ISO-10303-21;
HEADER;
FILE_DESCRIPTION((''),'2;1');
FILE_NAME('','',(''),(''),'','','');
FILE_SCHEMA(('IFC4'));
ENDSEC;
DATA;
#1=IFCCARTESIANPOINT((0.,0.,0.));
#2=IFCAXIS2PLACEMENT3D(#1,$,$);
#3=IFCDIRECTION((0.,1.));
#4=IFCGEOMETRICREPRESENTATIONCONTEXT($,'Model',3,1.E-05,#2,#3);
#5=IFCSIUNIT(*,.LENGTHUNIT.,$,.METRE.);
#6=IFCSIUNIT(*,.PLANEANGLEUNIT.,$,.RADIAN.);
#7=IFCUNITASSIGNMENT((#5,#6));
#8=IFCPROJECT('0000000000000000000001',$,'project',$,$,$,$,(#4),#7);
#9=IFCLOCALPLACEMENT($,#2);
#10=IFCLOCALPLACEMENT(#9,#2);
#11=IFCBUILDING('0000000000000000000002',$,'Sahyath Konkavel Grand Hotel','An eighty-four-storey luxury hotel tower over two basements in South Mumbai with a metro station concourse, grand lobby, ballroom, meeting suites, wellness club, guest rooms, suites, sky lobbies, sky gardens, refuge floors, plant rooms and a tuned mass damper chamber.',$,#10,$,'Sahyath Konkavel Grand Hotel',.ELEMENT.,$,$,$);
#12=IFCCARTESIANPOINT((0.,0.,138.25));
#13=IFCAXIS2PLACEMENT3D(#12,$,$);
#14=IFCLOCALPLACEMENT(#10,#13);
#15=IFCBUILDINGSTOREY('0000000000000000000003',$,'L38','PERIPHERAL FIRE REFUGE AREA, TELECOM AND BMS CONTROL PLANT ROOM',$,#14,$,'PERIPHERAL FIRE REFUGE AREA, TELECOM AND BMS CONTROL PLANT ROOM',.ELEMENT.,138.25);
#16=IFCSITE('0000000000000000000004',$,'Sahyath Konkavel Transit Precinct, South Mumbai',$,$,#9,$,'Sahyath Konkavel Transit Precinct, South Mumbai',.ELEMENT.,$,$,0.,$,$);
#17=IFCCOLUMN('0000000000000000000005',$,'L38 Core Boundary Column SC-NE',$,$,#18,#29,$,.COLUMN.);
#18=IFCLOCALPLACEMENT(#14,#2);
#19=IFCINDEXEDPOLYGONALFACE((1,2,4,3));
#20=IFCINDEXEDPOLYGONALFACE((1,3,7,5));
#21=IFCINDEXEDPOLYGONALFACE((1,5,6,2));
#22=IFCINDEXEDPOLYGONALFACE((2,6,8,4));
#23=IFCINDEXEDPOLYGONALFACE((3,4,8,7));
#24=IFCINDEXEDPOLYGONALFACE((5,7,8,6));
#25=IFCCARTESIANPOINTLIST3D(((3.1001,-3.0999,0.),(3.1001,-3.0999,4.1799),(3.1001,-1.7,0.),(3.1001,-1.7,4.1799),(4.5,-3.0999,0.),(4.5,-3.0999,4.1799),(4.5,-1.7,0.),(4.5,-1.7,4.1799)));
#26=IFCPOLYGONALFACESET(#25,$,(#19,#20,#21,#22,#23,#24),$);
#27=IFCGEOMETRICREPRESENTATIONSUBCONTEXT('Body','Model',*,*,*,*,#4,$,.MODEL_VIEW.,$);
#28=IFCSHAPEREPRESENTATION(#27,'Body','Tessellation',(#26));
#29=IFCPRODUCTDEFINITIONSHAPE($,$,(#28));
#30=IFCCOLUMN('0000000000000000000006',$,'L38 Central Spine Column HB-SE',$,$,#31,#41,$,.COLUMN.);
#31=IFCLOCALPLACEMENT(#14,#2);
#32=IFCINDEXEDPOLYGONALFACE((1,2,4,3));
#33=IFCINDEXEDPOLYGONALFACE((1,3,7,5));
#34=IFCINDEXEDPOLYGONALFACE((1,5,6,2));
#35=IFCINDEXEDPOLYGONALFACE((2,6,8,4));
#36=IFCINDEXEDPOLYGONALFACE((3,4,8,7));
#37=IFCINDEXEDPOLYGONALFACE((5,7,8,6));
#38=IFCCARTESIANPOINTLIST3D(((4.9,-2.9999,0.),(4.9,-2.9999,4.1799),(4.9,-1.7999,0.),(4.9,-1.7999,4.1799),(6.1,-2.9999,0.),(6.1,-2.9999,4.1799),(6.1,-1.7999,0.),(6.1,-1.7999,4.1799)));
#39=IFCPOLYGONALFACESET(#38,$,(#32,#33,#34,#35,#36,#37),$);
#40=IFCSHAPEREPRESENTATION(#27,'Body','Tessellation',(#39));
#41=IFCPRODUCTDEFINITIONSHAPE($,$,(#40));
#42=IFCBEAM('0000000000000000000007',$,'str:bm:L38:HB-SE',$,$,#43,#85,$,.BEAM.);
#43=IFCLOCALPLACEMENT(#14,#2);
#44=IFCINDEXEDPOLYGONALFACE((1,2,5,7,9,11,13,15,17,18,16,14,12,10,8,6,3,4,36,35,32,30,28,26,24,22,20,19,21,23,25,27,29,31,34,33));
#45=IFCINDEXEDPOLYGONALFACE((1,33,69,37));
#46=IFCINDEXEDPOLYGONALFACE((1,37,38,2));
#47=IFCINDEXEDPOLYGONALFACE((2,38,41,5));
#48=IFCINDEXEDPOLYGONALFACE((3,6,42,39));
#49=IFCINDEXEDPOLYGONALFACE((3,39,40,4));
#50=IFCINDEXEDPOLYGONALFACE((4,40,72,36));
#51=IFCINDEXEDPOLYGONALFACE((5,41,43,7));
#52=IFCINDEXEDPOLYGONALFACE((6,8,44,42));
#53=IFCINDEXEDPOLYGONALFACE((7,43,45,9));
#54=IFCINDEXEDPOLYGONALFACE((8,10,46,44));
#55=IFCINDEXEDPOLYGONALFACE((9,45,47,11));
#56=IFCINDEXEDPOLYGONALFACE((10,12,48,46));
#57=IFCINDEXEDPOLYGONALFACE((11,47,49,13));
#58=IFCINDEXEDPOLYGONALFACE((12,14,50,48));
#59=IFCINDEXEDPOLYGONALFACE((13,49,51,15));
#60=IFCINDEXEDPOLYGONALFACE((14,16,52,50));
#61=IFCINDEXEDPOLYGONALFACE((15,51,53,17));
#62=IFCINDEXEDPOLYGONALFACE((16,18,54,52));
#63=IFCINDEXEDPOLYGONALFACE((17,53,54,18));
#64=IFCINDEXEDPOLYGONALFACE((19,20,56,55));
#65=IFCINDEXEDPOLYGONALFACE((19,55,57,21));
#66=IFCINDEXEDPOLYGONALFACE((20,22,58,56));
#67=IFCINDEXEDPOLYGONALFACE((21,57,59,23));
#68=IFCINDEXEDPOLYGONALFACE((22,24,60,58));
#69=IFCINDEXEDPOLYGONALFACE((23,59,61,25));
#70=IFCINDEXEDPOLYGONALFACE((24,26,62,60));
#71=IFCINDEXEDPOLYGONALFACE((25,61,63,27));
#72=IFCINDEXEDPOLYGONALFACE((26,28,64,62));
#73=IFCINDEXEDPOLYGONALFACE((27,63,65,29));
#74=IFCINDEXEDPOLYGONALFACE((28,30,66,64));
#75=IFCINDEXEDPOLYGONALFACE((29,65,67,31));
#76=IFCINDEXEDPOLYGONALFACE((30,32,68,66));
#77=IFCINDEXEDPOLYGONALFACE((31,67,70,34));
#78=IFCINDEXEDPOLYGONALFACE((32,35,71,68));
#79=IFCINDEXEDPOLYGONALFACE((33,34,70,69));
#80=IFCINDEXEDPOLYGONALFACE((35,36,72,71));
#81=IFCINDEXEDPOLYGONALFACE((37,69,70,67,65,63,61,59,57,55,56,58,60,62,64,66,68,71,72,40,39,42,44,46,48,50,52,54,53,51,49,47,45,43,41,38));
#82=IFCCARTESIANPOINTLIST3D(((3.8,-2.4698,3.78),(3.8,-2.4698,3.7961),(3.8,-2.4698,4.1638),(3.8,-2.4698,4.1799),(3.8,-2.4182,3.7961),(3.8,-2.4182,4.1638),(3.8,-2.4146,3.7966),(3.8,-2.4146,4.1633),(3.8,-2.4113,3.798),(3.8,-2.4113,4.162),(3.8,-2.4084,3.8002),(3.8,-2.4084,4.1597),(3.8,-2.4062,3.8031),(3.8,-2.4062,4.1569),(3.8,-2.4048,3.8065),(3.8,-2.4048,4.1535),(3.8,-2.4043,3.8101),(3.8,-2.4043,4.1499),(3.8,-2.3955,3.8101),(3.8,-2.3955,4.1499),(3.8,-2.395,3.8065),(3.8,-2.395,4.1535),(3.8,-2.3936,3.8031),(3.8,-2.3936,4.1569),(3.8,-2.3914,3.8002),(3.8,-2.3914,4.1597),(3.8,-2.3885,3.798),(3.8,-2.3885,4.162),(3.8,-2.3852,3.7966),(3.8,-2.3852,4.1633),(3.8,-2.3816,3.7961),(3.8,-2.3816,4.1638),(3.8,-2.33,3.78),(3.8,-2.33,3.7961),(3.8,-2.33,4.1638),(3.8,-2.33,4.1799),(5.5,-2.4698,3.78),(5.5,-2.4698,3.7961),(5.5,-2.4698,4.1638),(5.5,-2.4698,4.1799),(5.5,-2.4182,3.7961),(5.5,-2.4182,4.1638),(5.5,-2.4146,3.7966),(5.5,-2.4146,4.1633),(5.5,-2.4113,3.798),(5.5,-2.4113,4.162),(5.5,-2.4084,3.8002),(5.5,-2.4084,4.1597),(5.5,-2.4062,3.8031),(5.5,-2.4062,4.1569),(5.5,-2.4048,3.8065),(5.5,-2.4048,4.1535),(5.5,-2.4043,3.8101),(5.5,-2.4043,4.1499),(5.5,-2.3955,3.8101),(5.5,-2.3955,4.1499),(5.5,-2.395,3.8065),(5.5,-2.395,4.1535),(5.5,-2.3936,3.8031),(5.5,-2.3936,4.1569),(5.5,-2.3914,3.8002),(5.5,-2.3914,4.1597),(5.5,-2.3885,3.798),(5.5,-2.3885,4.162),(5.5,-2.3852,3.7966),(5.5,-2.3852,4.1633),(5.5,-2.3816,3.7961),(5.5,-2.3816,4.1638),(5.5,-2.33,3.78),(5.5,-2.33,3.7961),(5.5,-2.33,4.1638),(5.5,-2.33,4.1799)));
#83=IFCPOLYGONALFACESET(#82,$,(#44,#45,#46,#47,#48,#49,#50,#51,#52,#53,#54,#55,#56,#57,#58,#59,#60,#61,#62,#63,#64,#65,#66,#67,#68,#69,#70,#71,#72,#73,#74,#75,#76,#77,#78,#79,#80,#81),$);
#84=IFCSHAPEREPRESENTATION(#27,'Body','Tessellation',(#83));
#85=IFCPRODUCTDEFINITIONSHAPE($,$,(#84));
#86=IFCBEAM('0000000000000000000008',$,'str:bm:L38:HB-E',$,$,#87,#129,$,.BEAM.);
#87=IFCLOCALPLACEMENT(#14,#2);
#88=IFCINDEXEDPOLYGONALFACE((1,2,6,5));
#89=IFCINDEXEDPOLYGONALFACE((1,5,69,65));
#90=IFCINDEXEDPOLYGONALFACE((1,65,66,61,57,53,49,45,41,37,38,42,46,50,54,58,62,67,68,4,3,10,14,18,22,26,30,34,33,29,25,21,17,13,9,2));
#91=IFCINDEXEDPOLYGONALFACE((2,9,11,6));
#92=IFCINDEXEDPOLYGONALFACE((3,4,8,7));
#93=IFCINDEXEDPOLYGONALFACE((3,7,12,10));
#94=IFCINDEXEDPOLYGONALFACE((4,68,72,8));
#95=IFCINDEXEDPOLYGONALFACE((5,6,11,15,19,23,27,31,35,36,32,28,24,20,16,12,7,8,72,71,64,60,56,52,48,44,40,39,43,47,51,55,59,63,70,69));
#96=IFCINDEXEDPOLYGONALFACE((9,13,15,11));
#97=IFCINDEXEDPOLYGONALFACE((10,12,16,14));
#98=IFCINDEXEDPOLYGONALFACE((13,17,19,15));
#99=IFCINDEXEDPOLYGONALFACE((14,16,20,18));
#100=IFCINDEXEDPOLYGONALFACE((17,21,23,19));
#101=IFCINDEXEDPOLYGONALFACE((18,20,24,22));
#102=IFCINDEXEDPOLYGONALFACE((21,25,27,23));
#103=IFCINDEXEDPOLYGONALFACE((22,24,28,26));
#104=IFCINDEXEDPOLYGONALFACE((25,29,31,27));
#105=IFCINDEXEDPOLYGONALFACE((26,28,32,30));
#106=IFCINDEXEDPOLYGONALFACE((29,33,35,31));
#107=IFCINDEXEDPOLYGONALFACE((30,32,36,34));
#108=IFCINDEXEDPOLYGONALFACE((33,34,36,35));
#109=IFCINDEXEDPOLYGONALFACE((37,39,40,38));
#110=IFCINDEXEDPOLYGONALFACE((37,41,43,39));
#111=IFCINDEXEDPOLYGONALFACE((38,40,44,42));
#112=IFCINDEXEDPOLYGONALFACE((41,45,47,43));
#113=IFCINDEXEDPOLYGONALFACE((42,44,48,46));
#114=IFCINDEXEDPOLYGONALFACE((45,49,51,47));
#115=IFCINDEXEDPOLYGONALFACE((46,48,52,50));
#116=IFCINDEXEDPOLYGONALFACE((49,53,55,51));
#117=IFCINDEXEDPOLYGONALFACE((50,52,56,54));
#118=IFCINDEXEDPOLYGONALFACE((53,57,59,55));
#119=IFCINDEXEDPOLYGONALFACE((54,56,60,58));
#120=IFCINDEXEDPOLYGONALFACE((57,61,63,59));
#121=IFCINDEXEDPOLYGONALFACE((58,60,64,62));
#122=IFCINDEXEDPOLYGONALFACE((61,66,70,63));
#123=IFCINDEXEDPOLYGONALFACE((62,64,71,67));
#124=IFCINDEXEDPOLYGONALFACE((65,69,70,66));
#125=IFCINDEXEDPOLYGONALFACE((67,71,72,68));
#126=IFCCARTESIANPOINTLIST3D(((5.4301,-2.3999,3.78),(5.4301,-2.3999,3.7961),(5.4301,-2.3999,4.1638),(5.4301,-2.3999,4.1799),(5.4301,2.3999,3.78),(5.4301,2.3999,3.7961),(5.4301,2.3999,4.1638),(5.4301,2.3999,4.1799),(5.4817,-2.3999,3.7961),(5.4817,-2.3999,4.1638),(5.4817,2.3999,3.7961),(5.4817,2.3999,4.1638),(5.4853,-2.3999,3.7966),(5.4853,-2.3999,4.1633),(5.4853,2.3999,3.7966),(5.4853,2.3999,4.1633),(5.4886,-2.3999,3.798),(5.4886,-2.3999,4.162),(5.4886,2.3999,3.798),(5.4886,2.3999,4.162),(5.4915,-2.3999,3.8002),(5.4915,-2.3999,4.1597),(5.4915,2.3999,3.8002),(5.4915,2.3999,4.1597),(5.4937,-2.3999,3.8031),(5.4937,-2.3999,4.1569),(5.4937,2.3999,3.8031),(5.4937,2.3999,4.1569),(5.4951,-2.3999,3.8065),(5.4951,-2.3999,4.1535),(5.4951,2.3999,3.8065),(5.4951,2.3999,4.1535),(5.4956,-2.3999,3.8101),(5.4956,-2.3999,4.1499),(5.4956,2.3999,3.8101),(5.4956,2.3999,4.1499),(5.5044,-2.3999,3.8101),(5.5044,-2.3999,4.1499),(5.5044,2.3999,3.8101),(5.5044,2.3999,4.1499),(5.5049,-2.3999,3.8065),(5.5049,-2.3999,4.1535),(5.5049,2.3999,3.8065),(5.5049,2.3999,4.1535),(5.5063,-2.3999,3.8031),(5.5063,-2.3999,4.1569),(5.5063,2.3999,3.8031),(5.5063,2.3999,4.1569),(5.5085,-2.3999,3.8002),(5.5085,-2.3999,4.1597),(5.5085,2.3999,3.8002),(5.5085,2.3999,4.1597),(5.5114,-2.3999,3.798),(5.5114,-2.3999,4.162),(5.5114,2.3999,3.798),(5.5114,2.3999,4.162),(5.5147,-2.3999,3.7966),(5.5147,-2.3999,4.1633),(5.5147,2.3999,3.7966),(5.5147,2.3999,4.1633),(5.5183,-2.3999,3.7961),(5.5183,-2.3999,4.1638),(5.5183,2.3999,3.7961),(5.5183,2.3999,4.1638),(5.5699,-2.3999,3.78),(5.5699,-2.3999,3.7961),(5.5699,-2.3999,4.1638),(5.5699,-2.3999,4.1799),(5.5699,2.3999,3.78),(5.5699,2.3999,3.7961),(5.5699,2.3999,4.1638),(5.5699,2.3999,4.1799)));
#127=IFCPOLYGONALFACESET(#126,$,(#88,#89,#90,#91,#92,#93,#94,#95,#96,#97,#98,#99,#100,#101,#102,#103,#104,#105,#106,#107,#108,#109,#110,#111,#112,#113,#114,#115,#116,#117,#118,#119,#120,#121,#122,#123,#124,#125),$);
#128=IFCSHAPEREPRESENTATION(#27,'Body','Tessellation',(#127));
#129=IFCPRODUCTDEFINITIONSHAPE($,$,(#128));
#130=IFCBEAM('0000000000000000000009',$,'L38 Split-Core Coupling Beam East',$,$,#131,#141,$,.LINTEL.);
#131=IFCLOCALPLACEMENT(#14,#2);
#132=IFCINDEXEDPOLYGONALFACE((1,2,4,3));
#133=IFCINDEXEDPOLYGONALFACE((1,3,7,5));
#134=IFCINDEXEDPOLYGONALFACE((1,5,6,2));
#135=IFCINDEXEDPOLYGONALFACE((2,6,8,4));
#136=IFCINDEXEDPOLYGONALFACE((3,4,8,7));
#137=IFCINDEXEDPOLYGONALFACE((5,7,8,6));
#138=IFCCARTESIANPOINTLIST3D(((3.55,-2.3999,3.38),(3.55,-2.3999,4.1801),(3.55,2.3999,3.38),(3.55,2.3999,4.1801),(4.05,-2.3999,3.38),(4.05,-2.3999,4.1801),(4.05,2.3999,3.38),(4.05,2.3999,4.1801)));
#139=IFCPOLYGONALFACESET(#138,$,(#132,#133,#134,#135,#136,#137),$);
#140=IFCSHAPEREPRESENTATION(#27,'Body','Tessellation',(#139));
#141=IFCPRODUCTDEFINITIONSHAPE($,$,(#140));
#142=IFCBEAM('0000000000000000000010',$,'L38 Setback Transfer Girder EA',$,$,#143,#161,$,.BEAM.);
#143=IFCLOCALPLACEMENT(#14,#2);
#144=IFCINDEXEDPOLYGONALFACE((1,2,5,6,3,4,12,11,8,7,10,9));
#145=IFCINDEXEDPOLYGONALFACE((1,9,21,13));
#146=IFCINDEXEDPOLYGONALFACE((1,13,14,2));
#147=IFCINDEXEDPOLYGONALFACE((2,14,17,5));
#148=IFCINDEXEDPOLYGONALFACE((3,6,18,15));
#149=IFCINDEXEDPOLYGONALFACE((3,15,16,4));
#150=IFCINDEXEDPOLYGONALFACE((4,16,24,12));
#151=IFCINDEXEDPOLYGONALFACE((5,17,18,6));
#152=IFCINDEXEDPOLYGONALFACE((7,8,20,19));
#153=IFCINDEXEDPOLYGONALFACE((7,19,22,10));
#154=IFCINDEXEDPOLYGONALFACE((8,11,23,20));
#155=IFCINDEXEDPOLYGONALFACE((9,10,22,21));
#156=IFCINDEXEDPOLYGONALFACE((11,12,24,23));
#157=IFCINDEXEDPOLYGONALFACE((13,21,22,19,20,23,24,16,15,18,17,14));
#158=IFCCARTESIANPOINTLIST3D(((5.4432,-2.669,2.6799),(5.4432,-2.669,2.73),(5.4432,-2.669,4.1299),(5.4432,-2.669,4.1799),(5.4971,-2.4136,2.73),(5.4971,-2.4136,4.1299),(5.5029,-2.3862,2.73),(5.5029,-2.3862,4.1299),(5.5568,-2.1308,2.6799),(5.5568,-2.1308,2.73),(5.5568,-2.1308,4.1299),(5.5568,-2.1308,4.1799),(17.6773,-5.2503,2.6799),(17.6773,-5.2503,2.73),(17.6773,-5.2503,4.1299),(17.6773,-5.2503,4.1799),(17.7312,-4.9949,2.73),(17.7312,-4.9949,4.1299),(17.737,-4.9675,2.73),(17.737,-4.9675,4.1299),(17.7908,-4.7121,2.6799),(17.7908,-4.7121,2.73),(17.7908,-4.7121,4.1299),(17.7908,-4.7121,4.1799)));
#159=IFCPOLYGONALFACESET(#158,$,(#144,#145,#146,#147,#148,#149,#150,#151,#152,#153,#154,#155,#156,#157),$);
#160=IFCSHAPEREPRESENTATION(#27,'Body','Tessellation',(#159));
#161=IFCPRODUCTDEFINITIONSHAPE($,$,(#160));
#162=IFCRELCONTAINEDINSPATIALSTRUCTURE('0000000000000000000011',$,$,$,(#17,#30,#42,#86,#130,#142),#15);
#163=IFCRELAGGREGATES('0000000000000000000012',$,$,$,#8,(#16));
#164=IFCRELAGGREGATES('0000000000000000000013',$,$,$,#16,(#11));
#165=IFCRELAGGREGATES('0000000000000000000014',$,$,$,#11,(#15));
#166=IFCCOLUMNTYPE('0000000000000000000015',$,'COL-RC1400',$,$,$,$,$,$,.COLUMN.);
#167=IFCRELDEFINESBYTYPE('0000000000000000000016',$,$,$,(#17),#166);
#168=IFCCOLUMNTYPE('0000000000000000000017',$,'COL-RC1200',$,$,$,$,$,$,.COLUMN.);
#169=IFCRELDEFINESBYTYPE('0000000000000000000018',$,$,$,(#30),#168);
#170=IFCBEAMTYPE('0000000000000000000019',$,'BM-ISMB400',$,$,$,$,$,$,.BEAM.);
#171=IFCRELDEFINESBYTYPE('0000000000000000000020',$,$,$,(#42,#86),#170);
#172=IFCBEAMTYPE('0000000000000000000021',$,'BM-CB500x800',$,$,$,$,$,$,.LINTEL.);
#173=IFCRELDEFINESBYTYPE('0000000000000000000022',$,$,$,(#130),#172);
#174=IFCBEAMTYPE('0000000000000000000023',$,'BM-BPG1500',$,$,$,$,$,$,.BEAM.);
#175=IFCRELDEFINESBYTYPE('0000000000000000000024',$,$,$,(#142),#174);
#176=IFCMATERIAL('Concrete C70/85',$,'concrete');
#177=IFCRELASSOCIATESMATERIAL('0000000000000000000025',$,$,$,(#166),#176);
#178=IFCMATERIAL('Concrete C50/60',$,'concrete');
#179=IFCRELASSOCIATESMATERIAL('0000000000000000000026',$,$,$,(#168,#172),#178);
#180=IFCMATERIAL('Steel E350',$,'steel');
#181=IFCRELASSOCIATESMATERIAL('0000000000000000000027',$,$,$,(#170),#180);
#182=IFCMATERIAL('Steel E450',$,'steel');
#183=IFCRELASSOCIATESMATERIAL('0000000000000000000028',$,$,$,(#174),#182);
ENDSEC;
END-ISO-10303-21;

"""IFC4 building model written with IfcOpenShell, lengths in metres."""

from ifc_helpers import new_model, si_unit, direction, frame, origin, origin_2d, place, context, subcontext, project, spatial, rectangle, i_section, extrude, source, transform, mapped, material, material_profile, profile_set, type_object, element, save


model = new_model("IFC4")

# Units and contexts
model_context = context("Model", 3, precision=1e-05, world=origin(), true_north=direction((0.0, 1.0)))
body_context = subcontext(model_context, "Body", "Model", "MODEL_VIEW")
ifc_project = project(units=[si_unit("LENGTHUNIT", "METRE"), si_unit("PLANEANGLEUNIT", "RADIAN")], contexts=[model_context])

# Site, building, storey
site_placement = place(None, origin())
site = spatial("IfcSite", under=ifc_project, at=site_placement, Name="Sahyath Konkavel Transit Precinct, South Mumbai", LongName="Sahyath Konkavel Transit Precinct, South Mumbai", CompositionType="ELEMENT", RefElevation=0.0)
building_placement = place(site_placement, origin())
building = spatial("IfcBuilding", under=site, at=building_placement, Name="Sahyath Konkavel Grand Hotel", Description="An eighty-four-storey luxury hotel tower over two basements in South Mumbai with a metro station concourse, grand lobby, ballroom, meeting suites, wellness club, guest rooms, suites, sky lobbies, sky gardens, refuge floors, plant rooms and a tuned mass damper chamber.", LongName="Sahyath Konkavel Grand Hotel", CompositionType="ELEMENT")
storey_placement = place(building_placement, frame((0.0, 0.0, 138.25)))
storey = spatial("IfcBuildingStorey", under=building, at=storey_placement, Name="L38", Description="PERIPHERAL FIRE REFUGE AREA, TELECOM AND BMS CONTROL PLANT ROOM", LongName="PERIPHERAL FIRE REFUGE AREA, TELECOM AND BMS CONTROL PLANT ROOM", CompositionType="ELEMENT", Elevation=138.25)

# Columns
ifc_material_1 = material(Name="Concrete C70/85", Category="concrete")
ifc_material_profile_1 = material_profile(ifc_material_1, rectangle(XDim=1.3999, YDim=1.3999, at=origin_2d()), Name="RC 1400x1400")
ifc_profile_set_1 = profile_set([ifc_material_profile_1], Name="Concrete C70/85")
column_type_1 = type_object("IfcColumnType", Name="COL-RC1400", PredefinedType="COLUMN", material=ifc_profile_set_1)
shared_shape_1 = source(origin(), body_context, "Body", "SweptSolid", [
    extrude(rectangle(XDim=1.3999, YDim=1.3999, at=origin_2d()), origin(), (0.0, 0.0, 1.0), 4.1799),
])
column_1_placement = place(storey_placement, frame((3.8, -2.3999, 0.0), z_axis=(0.0, 0.0, 1.0), x_axis=(1.0, 0.0, 0.0)))
element("IfcColumn", 1, at=column_1_placement, inside=storey, type_object=column_type_1, Name="L38 Core Boundary Column SC-NE", PredefinedType="COLUMN", context=body_context, shape_type="MappedRepresentation", body=[
    mapped(shared_shape_1, transform((0.0, 0.0, 0.0), scale=1.0)),
])
ifc_material_2 = material(Name="Concrete C50/60", Category="concrete")
ifc_material_profile_2 = material_profile(ifc_material_2, rectangle(XDim=1.2, YDim=1.2, at=origin_2d()), Name="RC 1200x1200")
ifc_profile_set_2 = profile_set([ifc_material_profile_2], Name="Concrete C50/60")
column_type_2 = type_object("IfcColumnType", Name="COL-RC1200", PredefinedType="COLUMN", material=ifc_profile_set_2)
shared_shape_2 = source(origin(), body_context, "Body", "SweptSolid", [
    extrude(rectangle(XDim=1.2, YDim=1.2, at=origin_2d()), origin(), (0.0, 0.0, 1.0), 4.1799),
])
column_2_placement = place(storey_placement, frame((5.5, -2.3999, 0.0), z_axis=(0.0, 0.0, 1.0), x_axis=(1.0, 0.0, 0.0)))
element("IfcColumn", 2, at=column_2_placement, inside=storey, type_object=column_type_2, Name="L38 Central Spine Column HB-SE", PredefinedType="COLUMN", context=body_context, shape_type="MappedRepresentation", body=[
    mapped(shared_shape_2, transform((0.0, 0.0, 0.0), scale=1.0)),
])

# Beams
ifc_material_3 = material(Name="Steel E350", Category="steel")
ifc_material_profile_3 = material_profile(ifc_material_3, i_section(OverallWidth=0.1399, OverallDepth=0.3999, WebThickness=0.0088, FlangeThickness=0.0161, FilletRadius=0.0139, at=origin_2d()), Name="ISMB 400")
ifc_profile_set_3 = profile_set([ifc_material_profile_3], Name="Steel E350")
beam_type_1 = type_object("IfcBeamType", Name="BM-ISMB400", PredefinedType="BEAM", material=ifc_profile_set_3)
shared_shape_3 = source(origin(), body_context, "Body", "SweptSolid", [
    extrude(i_section(OverallWidth=0.1399, OverallDepth=0.3999, WebThickness=0.0088, FlangeThickness=0.0161, FilletRadius=0.0139, at=origin_2d()), origin(), (0.0, 0.0, 1.0), 1.7),
])
beam_1_placement = place(storey_placement, frame((3.8, -2.3999, 3.98), z_axis=(1.0, 0.0, 0.0), x_axis=(0.0, 1.0, 0.0)))
element("IfcBeam", 3, at=beam_1_placement, inside=storey, type_object=beam_type_1, Name="str:bm:L38:HB-SE", PredefinedType="BEAM", context=body_context, shape_type="MappedRepresentation", body=[
    mapped(shared_shape_3, transform((0.0, 0.0, 0.0), scale=1.0)),
])
shared_shape_4 = source(origin(), body_context, "Body", "SweptSolid", [
    extrude(i_section(OverallWidth=0.1399, OverallDepth=0.3999, WebThickness=0.0088, FlangeThickness=0.0161, FilletRadius=0.0139, at=origin_2d()), origin(), (0.0, 0.0, 1.0), 4.7998),
])
beam_2_placement = place(storey_placement, frame((5.5, -2.3999, 3.98), z_axis=(0.0, 1.0, 0.0), x_axis=(-1.0, 0.0, 0.0)))
element("IfcBeam", 4, at=beam_2_placement, inside=storey, type_object=beam_type_1, Name="str:bm:L38:HB-E", PredefinedType="BEAM", context=body_context, shape_type="MappedRepresentation", body=[
    mapped(shared_shape_4, transform((0.0, 0.0, 0.0), scale=1.0)),
])
ifc_material_profile_4 = material_profile(ifc_material_2, rectangle(XDim=0.5, YDim=0.8, at=origin_2d()), Name="RC 500x800")
ifc_profile_set_4 = profile_set([ifc_material_profile_4], Name="Concrete C50/60")
beam_type_2 = type_object("IfcBeamType", Name="BM-CB500x800", PredefinedType="LINTEL", material=ifc_profile_set_4)
shared_shape_5 = source(origin(), body_context, "Body", "SweptSolid", [
    extrude(rectangle(XDim=0.5, YDim=0.8, at=origin_2d()), origin(), (0.0, 0.0, 1.0), 4.7998),
])
beam_3_placement = place(storey_placement, frame((3.8, -2.3999, 3.78), z_axis=(0.0, 1.0, 0.0), x_axis=(-1.0, 0.0, 0.0)))
element("IfcBeam", 5, at=beam_3_placement, inside=storey, type_object=beam_type_2, Name="L38 Split-Core Coupling Beam East", PredefinedType="LINTEL", context=body_context, shape_type="MappedRepresentation", body=[
    mapped(shared_shape_5, transform((0.0, 0.0, 0.0), scale=1.0)),
])
ifc_material_4 = material(Name="Steel E450", Category="steel")
ifc_material_profile_5 = material_profile(ifc_material_4, i_section(OverallWidth=0.55, OverallDepth=1.5, WebThickness=0.0281, FlangeThickness=0.05, at=origin_2d()), Name="BPG 1500x550")
ifc_profile_set_5 = profile_set([ifc_material_profile_5], Name="Steel E450")
beam_type_3 = type_object("IfcBeamType", Name="BM-BPG1500", PredefinedType="BEAM", material=ifc_profile_set_5)
shared_shape_6 = source(origin(), body_context, "Body", "SweptSolid", [
    extrude(i_section(OverallWidth=0.55, OverallDepth=1.5, WebThickness=0.0281, FlangeThickness=0.05, at=origin_2d()), origin(), (0.0, 0.0, 1.0), 12.5034),
])
beam_4_placement = place(storey_placement, frame((5.5, -2.3999, 3.4299), z_axis=(0.978458, -0.206446, 0.0), x_axis=(0.206446, 0.978458, 0.0)))
element("IfcBeam", 6, at=beam_4_placement, inside=storey, type_object=beam_type_3, Name="L38 Setback Transfer Girder EA", PredefinedType="BEAM", context=body_context, shape_type="MappedRepresentation", body=[
    mapped(shared_shape_6, transform((0.0, 0.0, 0.0), scale=1.0)),
])

save(model, "model.ifc")
